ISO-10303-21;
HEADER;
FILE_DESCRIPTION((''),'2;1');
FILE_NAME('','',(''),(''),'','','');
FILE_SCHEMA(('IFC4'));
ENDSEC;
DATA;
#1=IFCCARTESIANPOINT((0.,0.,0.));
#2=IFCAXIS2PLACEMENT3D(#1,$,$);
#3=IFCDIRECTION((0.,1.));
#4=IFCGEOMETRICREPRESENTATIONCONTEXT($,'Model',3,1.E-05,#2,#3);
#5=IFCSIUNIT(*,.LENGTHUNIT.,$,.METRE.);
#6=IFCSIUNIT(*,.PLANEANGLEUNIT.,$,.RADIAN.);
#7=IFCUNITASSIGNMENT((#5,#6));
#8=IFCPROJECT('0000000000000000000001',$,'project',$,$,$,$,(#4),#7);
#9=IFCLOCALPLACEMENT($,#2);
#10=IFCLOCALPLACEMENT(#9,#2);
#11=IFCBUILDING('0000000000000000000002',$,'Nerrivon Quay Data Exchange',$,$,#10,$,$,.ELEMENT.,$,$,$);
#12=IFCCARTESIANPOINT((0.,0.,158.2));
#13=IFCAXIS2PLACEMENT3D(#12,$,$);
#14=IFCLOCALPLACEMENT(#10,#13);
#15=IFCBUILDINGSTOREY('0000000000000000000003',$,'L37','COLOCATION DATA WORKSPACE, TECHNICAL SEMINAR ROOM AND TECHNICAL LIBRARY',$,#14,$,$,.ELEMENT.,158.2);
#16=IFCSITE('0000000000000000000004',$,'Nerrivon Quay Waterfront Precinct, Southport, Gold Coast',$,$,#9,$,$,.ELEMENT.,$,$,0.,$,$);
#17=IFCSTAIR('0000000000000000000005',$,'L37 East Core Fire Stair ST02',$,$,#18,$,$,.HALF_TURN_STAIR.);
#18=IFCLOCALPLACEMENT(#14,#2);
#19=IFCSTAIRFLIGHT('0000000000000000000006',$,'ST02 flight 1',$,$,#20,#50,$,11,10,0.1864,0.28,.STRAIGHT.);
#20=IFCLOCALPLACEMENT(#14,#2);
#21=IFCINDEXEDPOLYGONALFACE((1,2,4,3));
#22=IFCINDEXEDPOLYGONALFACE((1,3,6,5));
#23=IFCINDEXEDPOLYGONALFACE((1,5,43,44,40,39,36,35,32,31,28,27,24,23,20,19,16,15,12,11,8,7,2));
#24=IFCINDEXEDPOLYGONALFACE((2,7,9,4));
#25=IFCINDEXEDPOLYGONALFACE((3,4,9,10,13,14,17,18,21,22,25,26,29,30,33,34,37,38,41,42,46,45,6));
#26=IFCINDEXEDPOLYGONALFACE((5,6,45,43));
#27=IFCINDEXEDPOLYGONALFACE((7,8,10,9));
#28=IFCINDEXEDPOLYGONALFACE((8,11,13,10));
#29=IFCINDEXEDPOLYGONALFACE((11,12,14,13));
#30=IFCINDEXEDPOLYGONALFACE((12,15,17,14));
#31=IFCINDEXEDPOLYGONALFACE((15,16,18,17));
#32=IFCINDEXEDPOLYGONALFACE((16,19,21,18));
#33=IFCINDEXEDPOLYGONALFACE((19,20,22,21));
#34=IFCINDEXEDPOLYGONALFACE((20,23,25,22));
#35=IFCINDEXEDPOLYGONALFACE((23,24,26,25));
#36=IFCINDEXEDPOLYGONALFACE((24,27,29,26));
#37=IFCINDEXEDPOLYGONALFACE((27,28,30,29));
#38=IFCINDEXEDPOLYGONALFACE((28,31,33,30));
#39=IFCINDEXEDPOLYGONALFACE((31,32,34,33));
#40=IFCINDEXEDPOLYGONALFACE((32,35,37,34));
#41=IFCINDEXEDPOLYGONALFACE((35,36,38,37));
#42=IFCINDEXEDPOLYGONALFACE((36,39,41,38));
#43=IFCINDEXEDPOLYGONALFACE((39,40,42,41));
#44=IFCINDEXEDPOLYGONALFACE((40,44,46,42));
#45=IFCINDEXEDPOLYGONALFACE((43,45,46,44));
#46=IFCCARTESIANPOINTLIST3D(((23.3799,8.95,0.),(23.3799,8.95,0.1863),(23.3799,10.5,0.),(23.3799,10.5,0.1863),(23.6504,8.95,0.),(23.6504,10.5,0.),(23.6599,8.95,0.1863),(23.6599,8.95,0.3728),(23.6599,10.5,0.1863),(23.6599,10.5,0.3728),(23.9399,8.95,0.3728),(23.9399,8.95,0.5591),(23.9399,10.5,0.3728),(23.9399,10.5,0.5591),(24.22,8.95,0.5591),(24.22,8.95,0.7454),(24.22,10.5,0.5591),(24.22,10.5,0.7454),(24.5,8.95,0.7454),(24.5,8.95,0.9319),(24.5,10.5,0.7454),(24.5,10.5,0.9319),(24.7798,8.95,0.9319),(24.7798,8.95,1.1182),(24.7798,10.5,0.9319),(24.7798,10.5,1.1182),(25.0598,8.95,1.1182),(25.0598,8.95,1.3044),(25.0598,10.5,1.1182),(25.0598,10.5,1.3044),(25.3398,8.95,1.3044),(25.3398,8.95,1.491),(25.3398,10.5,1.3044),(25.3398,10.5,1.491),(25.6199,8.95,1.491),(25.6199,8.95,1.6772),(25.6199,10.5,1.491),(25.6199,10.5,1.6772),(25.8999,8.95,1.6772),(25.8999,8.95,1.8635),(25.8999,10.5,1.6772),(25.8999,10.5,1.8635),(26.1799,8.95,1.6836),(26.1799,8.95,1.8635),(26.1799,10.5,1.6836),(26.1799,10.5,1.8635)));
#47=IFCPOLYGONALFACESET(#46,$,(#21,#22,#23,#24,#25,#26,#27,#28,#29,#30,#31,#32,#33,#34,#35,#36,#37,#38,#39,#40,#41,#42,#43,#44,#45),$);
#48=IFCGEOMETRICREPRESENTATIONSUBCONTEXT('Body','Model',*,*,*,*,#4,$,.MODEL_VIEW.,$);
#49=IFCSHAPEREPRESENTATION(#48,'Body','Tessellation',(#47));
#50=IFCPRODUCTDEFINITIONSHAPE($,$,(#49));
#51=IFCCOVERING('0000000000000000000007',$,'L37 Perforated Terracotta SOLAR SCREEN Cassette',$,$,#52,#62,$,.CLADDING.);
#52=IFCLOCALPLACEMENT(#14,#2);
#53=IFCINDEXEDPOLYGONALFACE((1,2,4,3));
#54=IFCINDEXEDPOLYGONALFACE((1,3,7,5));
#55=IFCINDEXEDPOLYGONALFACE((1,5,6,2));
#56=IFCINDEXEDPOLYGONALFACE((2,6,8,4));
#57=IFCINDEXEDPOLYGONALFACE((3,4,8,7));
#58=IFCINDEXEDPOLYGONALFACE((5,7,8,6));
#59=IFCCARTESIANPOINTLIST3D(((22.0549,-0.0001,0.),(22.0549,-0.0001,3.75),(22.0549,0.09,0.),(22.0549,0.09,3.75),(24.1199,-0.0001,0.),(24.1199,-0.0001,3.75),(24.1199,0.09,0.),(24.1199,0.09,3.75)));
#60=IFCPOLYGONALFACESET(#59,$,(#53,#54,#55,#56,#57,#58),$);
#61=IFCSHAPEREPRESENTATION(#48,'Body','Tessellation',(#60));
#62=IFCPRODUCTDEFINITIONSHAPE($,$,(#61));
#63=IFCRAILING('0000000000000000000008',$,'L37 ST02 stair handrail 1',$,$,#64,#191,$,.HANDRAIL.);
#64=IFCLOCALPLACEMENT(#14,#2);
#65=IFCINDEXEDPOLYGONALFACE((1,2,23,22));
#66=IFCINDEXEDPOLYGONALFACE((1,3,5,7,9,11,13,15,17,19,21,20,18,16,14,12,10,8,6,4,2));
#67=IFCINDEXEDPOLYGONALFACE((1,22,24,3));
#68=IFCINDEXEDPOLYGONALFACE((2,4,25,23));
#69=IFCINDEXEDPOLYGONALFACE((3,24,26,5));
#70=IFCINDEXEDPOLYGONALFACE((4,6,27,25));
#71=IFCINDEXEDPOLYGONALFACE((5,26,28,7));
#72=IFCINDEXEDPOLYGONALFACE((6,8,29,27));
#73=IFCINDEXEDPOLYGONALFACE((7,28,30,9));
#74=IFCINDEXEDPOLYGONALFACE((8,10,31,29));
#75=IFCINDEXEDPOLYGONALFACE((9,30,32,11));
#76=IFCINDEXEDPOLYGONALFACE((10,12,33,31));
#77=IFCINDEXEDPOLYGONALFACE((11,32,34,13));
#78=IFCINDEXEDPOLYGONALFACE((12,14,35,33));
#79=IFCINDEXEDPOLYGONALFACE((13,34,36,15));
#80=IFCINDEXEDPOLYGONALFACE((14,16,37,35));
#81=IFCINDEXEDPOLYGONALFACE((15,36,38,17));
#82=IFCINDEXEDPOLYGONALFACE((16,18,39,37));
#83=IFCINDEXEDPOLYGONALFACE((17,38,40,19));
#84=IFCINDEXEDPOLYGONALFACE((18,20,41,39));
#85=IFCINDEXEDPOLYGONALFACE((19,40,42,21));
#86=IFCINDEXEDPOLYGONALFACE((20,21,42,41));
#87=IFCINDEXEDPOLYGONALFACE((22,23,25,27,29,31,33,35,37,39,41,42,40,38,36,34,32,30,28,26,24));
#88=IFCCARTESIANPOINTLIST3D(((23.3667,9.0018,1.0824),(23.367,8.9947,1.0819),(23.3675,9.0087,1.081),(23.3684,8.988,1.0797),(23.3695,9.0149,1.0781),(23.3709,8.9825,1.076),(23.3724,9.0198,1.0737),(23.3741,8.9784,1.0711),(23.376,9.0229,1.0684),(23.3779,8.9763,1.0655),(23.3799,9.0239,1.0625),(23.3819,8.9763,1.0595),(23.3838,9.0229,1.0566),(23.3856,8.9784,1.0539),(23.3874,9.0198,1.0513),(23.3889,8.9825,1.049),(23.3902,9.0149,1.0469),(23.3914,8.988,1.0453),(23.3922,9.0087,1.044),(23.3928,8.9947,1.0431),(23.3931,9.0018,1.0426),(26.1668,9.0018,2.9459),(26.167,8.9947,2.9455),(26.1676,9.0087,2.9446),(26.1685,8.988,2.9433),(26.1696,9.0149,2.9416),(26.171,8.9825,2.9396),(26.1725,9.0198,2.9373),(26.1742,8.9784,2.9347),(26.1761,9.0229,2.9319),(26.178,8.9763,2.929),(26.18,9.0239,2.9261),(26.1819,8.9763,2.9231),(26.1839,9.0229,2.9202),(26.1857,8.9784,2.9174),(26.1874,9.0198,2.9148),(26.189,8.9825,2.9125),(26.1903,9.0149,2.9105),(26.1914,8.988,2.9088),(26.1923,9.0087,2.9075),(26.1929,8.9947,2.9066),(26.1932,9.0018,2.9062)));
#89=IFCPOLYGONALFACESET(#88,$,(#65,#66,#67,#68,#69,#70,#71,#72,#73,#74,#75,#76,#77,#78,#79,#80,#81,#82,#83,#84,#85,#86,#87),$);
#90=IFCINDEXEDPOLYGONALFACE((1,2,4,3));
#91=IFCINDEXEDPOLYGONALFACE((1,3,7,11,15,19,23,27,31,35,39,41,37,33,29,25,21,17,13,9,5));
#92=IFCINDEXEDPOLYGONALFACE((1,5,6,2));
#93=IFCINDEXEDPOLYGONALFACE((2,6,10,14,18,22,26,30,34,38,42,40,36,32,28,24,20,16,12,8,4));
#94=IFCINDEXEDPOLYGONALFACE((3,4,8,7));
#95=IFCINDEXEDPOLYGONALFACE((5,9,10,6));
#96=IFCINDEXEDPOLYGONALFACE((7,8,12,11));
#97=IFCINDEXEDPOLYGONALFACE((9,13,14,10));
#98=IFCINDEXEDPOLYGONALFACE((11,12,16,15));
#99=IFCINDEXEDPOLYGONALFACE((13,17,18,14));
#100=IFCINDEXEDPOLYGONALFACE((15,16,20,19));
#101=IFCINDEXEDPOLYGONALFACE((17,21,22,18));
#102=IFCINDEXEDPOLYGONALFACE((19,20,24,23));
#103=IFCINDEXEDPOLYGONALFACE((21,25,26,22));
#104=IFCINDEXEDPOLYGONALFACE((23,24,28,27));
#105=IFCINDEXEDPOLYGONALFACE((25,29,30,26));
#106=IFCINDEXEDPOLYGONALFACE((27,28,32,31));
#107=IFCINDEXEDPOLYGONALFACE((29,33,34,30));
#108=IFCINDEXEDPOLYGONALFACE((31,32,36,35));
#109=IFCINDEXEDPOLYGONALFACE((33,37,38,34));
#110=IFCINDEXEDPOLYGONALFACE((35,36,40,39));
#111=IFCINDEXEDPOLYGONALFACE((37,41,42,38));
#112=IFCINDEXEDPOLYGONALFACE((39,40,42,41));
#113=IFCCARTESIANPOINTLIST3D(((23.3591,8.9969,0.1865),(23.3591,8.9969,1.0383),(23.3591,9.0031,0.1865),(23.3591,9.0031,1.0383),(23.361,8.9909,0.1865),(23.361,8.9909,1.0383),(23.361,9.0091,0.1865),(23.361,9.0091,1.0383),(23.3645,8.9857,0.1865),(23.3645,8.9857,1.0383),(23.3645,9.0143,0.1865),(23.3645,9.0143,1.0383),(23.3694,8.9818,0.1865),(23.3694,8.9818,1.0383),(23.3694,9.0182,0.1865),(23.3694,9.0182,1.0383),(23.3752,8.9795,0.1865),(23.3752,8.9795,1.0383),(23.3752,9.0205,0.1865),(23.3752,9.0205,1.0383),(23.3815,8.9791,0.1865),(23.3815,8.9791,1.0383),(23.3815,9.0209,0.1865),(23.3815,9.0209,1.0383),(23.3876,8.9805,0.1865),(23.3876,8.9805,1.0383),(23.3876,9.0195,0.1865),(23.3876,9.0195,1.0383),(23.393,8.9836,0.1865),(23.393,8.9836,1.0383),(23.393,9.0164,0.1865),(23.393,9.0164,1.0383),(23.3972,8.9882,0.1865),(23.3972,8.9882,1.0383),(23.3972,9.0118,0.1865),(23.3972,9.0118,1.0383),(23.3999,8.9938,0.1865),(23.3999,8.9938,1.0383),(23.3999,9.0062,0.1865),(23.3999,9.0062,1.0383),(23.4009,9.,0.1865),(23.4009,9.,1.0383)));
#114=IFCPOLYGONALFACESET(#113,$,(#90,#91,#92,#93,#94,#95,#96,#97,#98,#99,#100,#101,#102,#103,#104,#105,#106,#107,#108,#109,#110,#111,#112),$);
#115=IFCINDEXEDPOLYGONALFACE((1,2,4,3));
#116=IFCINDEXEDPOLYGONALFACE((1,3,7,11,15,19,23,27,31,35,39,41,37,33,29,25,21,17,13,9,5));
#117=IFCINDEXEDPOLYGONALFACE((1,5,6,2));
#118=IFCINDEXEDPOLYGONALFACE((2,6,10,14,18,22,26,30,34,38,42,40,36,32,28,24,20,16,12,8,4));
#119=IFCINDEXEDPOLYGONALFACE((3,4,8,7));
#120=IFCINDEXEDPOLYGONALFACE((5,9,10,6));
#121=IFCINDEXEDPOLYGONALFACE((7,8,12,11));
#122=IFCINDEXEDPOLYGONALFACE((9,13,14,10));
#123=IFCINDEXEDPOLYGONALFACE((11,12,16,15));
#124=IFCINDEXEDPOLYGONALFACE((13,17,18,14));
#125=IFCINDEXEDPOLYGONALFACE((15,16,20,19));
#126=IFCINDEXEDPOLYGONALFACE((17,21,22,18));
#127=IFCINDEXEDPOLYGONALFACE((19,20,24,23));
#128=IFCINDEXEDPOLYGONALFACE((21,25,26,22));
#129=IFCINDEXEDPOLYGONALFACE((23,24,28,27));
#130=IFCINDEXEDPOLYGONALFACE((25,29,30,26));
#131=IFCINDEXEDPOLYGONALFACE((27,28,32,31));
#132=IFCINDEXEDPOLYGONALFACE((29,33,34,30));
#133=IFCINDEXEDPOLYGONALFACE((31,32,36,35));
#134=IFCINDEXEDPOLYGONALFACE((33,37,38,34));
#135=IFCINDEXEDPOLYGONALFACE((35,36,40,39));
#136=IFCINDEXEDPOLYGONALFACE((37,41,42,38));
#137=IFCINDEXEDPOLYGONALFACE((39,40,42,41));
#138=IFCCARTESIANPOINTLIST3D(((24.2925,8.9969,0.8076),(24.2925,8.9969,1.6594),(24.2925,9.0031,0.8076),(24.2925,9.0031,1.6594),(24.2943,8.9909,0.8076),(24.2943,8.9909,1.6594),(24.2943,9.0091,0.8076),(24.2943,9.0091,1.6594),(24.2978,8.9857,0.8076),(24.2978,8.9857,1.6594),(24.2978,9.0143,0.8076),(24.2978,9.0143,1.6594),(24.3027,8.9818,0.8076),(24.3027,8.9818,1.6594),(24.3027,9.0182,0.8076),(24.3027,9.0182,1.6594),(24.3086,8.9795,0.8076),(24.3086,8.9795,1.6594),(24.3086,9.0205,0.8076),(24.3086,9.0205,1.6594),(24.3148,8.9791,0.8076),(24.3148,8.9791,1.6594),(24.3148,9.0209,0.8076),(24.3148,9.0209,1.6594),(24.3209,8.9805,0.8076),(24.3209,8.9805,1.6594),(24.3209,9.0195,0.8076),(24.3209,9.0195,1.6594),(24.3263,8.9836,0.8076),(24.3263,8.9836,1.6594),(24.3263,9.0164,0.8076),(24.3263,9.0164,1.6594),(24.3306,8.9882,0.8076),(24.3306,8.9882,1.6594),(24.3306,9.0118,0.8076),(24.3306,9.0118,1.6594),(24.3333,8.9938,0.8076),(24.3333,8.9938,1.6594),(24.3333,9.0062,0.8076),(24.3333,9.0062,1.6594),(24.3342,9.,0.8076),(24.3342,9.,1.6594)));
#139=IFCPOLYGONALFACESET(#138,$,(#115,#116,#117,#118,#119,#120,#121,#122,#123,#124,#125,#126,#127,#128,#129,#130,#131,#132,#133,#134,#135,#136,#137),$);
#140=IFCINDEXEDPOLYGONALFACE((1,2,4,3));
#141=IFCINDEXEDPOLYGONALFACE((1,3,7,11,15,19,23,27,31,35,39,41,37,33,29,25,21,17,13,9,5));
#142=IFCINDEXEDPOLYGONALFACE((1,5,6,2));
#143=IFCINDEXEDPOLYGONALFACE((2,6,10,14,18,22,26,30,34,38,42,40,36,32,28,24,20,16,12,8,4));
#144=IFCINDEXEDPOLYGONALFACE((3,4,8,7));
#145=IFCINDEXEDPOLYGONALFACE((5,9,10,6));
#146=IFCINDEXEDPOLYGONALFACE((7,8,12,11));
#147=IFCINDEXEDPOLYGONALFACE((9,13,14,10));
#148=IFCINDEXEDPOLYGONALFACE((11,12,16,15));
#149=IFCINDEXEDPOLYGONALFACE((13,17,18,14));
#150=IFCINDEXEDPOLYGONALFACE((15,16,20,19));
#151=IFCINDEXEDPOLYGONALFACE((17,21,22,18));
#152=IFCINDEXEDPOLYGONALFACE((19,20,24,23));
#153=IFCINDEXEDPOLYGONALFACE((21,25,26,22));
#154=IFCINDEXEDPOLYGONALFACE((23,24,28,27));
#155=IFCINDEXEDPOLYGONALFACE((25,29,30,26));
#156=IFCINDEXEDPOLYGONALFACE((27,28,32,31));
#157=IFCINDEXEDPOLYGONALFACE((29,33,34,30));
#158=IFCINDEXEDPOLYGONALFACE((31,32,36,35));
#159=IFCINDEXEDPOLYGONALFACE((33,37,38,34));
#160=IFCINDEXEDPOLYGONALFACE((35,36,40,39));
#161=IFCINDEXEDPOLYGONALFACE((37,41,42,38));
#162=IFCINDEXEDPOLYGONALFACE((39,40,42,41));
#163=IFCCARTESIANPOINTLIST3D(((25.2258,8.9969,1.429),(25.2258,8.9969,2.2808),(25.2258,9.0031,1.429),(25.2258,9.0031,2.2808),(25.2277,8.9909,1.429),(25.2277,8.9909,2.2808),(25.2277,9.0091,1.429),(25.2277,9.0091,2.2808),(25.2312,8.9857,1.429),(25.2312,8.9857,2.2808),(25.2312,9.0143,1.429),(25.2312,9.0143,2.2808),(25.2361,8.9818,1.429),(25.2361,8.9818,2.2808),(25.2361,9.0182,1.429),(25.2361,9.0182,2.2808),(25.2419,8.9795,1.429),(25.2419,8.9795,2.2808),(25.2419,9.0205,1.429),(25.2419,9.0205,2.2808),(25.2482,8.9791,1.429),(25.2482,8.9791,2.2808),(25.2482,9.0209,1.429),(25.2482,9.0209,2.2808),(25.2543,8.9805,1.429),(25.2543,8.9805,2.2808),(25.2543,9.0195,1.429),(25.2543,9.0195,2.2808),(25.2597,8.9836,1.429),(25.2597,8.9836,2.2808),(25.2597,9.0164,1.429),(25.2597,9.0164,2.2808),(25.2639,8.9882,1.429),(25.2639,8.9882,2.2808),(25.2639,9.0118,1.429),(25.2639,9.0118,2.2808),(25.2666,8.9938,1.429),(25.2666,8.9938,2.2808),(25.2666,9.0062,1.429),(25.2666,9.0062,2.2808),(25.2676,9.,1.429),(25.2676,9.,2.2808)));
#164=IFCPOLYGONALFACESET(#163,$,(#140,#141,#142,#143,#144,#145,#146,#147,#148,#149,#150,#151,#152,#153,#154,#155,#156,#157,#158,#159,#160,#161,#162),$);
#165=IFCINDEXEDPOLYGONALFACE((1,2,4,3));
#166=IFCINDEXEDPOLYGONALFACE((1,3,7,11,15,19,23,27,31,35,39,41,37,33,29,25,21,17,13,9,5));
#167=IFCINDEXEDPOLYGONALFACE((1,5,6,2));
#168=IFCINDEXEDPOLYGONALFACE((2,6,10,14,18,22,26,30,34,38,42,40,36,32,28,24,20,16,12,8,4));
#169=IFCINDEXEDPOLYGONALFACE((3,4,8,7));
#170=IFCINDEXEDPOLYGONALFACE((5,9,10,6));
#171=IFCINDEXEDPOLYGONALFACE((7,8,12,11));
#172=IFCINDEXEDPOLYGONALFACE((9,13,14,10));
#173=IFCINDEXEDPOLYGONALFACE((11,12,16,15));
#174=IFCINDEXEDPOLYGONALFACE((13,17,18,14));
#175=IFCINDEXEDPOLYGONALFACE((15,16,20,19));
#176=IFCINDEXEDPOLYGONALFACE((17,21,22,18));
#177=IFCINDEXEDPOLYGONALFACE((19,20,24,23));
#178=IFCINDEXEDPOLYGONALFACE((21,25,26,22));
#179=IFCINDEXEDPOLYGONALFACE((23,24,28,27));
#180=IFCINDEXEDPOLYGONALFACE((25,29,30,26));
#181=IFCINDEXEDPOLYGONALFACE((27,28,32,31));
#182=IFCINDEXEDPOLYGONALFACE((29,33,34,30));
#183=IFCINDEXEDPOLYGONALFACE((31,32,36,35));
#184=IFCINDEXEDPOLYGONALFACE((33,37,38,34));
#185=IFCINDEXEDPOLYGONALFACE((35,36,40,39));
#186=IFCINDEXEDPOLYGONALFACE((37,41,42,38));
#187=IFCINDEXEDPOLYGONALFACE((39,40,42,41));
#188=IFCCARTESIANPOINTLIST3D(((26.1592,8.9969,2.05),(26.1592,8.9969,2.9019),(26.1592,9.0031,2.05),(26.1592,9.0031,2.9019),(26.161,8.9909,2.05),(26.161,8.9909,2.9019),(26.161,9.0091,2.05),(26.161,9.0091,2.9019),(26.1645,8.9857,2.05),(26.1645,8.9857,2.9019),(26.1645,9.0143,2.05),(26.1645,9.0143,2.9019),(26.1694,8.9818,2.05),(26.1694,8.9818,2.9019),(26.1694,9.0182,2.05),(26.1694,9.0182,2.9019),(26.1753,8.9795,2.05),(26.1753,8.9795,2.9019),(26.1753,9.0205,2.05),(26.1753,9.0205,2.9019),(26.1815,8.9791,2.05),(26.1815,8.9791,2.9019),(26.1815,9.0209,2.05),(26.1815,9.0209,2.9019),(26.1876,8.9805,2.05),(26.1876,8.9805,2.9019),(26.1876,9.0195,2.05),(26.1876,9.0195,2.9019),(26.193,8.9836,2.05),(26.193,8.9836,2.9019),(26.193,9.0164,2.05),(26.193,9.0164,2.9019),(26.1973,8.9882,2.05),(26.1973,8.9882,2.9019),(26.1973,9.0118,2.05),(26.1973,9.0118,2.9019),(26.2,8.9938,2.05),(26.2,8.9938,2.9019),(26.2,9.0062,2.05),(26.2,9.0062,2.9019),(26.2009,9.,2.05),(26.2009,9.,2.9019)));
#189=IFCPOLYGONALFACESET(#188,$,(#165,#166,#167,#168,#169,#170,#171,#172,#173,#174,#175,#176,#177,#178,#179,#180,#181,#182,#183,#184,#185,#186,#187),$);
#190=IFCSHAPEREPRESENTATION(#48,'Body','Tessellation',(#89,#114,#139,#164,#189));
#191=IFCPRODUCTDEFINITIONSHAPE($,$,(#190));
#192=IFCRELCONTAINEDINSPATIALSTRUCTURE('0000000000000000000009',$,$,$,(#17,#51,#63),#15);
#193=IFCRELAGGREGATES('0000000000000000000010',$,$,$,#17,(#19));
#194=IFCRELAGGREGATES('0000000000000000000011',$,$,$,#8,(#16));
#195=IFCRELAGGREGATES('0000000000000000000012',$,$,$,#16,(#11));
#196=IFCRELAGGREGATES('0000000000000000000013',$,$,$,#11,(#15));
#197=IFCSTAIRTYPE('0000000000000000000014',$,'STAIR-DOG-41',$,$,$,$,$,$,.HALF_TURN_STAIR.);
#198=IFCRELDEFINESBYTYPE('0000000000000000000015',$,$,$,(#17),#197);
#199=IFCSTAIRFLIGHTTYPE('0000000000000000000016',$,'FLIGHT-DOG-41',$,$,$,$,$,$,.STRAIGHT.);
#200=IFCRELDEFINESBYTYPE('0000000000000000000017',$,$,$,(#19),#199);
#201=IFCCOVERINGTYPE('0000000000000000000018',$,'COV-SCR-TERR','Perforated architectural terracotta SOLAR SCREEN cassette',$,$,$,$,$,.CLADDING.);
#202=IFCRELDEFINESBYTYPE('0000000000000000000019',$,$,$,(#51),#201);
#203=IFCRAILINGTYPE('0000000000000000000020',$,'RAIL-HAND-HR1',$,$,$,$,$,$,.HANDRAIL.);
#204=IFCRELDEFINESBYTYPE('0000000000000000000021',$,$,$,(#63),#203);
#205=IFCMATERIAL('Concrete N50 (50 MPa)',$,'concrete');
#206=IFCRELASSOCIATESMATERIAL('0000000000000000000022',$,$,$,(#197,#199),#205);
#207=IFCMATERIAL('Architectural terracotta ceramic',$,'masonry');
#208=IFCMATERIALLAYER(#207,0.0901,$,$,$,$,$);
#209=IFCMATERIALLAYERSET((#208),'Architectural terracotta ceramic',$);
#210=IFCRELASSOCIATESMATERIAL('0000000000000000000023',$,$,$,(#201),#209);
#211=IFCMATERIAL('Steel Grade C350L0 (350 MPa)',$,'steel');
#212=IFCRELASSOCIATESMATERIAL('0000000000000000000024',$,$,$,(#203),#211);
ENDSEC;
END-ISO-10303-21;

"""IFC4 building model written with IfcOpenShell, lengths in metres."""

from ifc_helpers import new_model, si_unit, direction, frame, origin, origin_2d, place, context, subcontext, project, spatial, polyline, rectangle, circle, outline, extrude, material, layer, layer_set, type_object, element, aggregate, save


model = new_model("IFC4")

# Units and contexts
model_context = context("Model", 3, precision=1e-05, world=origin(), true_north=direction((0.0, 1.0)))
body_context = subcontext(model_context, "Body", "Model", "MODEL_VIEW")
ifc_project = project(units=[si_unit("LENGTHUNIT", "METRE"), si_unit("PLANEANGLEUNIT", "RADIAN")], contexts=[model_context])

# Site, building, storey
site_placement = place(None, origin())
site = spatial("IfcSite", under=ifc_project, at=site_placement, Name="Nerrivon Quay Waterfront Precinct, Southport, Gold Coast", CompositionType="ELEMENT", RefElevation=0.0)
building_placement = place(site_placement, origin())
building = spatial("IfcBuilding", under=site, at=building_placement, Name="Nerrivon Quay Data Exchange", CompositionType="ELEMENT")
storey_placement = place(building_placement, frame((0.0, 0.0, 158.2)))
storey = spatial("IfcBuildingStorey", under=building, at=storey_placement, Name="L37", Description="COLOCATION DATA WORKSPACE, TECHNICAL SEMINAR ROOM AND TECHNICAL LIBRARY", CompositionType="ELEMENT", Elevation=158.2)

# Shared definitions
ifc_material_1 = material(Name="Concrete N50 (50 MPa)", Category="concrete")

# Stair, stair flight
stair_type = type_object("IfcStairType", Name="STAIR-DOG-41", PredefinedType="HALF_TURN_STAIR", material=ifc_material_1)
stair_placement = place(storey_placement, origin())
stair = element("IfcStair", 1, at=stair_placement, inside=storey, type_object=stair_type, Name="L37 East Core Fire Stair ST02", PredefinedType="HALF_TURN_STAIR")
stair_flight_type = type_object("IfcStairFlightType", Name="FLIGHT-DOG-41", PredefinedType="STRAIGHT", material=ifc_material_1)
stair_flight_placement = place(storey_placement, frame((23.3799, 9.7251, 0.0), z_axis=(0.0, 0.0, 1.0), x_axis=(1.0, 0.0, 0.0)))
stair_flight = element("IfcStairFlight", 2, at=stair_flight_placement, type_object=stair_flight_type, Name="ST02 flight 1", NumberOfRisers=11, NumberOfTreads=10, PredefinedType="STRAIGHT", RiserHeight=0.1864, TreadLength=0.28, context=body_context, shape_type="SweptSolid", body=[
    extrude(outline(polyline([(0.0, 0.0), (0.0, 0.1863), (0.28, 0.1863), (0.28, 0.3728), (0.5601, 0.3728), (0.5601, 0.5591), (0.8401, 0.5591), (0.8401, 0.7454), (1.1201, 0.7454), (1.1201, 0.9319), (1.3999, 0.9319), (1.3999, 1.1182), (1.6799, 1.1182), (1.6799, 1.3044), (1.96, 1.3044), (1.96, 1.491), (2.24, 1.491), (2.24, 1.6772), (2.52, 1.6772), (2.52, 1.8635), (2.8, 1.8635), (2.8, 2.05), (2.8, 1.6836), (0.2705, 0.0), (0.0, 0.0)])), frame((0.0, 0.7749, 0.0), z_axis=(0.0, -1.0, 0.0), x_axis=(1.0, 0.0, 0.0)), (0.0, 0.0, 1.0), 1.55),
])
aggregate(stair, [stair_flight])

# Covering
ifc_material_2 = material(Name="Architectural terracotta ceramic", Category="masonry")
ifc_layer_1 = layer(ifc_material_2, 0.0901)
ifc_layer_set_1 = layer_set([ifc_layer_1], Name="Architectural terracotta ceramic")
covering_type = type_object("IfcCoveringType", Name="COV-SCR-TERR", Description="Perforated architectural terracotta SOLAR SCREEN cassette", PredefinedType="CLADDING", material=ifc_layer_set_1)
covering_placement = place(storey_placement, frame((23.0874, 0.0449, 0.0), z_axis=(0.0, 0.0, 1.0), x_axis=(-1.0, 0.0, 0.0)))
element("IfcCovering", 3, at=covering_placement, inside=storey, type_object=covering_type, Name="L37 Perforated Terracotta SOLAR SCREEN Cassette", PredefinedType="CLADDING", context=body_context, shape_type="SweptSolid", body=[
    extrude(rectangle(XDim=2.0649, YDim=0.0901, at=origin_2d()), origin(), (0.0, 0.0, 1.0), 3.75),
])

# Railing
ifc_material_3 = material(Name="Steel Grade C350L0 (350 MPa)", Category="steel")
railing_type = type_object("IfcRailingType", Name="RAIL-HAND-HR1", PredefinedType="HANDRAIL", material=ifc_material_3)
railing_placement = place(storey_placement, frame((23.3799, 9.0, 0.1865)))
element("IfcRailing", 4, at=railing_placement, inside=storey, type_object=railing_type, Name="L37 ST02 stair handrail 1", PredefinedType="HANDRAIL", context=body_context, shape_type="SweptSolid", body=[
    extrude(circle(Radius=0.0239, at=origin_2d()), frame((0.0, 0.0, 0.876), z_axis=(0.832486, 0.0, 0.554047), x_axis=(0.0, 1.0, 0.0)), (0.0, 0.0, 1.0), 3.3635),
    extrude(circle(Radius=0.021, at=origin_2d()), origin(), (0.0, 0.0, 1.0), 0.8518),
    extrude(circle(Radius=0.021, at=origin_2d()), frame((0.9333, 0.0, 0.6211)), (0.0, 0.0, 1.0), 0.8518),
    extrude(circle(Radius=0.021, at=origin_2d()), frame((1.8667, 0.0, 1.2424)), (0.0, 0.0, 1.0), 0.8518),
    extrude(circle(Radius=0.021, at=origin_2d()), frame((2.8, 0.0, 1.8635)), (0.0, 0.0, 1.0), 0.8518),
])

save(model, "model.ifc")
